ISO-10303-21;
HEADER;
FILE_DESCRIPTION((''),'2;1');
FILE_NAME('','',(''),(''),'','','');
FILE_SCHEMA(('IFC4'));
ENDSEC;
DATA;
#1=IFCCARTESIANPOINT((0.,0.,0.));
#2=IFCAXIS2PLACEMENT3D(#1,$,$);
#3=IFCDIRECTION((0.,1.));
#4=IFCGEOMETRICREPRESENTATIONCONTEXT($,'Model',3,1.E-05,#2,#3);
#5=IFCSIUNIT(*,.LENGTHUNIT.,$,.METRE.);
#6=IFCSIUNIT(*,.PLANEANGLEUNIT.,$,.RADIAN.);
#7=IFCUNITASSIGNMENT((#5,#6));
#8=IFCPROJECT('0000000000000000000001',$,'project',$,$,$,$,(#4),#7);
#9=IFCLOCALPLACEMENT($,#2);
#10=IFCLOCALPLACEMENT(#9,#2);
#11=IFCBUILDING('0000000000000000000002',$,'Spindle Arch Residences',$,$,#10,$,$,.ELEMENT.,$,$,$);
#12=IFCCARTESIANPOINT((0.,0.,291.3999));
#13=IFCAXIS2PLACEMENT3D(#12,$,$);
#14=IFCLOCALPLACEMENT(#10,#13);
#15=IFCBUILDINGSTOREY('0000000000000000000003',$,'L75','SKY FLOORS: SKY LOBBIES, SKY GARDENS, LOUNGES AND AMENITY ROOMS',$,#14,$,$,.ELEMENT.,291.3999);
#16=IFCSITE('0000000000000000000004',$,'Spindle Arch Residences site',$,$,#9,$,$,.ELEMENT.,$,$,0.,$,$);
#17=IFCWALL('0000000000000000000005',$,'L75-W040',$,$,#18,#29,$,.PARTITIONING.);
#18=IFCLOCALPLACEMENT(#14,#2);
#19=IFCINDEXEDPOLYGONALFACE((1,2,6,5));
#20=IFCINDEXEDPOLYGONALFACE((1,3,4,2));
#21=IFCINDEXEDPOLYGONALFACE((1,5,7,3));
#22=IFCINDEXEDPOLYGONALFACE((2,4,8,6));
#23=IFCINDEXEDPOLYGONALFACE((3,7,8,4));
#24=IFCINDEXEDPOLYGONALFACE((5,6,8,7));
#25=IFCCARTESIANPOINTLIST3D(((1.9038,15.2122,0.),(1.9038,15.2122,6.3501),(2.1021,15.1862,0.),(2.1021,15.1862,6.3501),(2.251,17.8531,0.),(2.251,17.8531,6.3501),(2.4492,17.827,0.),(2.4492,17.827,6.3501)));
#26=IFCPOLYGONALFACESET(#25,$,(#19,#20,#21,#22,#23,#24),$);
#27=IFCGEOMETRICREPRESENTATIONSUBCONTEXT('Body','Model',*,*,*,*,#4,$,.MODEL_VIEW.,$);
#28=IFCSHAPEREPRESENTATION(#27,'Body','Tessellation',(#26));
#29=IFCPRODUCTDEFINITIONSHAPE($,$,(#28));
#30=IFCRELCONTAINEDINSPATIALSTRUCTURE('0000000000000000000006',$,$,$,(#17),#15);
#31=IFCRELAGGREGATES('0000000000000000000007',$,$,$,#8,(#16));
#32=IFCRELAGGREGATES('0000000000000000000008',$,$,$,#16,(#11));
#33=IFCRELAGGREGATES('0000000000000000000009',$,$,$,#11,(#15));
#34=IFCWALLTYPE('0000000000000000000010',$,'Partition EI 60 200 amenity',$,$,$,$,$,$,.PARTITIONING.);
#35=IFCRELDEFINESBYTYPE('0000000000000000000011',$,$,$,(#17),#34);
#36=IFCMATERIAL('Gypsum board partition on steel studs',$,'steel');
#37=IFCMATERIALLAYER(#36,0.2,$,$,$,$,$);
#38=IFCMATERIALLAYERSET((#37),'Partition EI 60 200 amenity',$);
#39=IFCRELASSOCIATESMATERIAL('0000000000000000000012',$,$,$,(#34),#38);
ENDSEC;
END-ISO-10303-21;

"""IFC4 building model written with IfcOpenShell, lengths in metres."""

from ifc_helpers import new_model, si_unit, direction, frame, frame_2d, origin, place, context, subcontext, project, spatial, rectangle, extrude, material, layer, layer_set, type_object, element, save


model = new_model("IFC4")

# Units and contexts
model_context = context("Model", 3, precision=1e-05, world=origin(), true_north=direction((0.0, 1.0)))
body_context = subcontext(model_context, "Body", "Model", "MODEL_VIEW")
ifc_project = project(units=[si_unit("LENGTHUNIT", "METRE"), si_unit("PLANEANGLEUNIT", "RADIAN")], contexts=[model_context])

# Site, building, storey
site_placement = place(None, origin())
site = spatial("IfcSite", under=ifc_project, at=site_placement, Name="Spindle Arch Residences site", CompositionType="ELEMENT", RefElevation=0.0)
building_placement = place(site_placement, origin())
building = spatial("IfcBuilding", under=site, at=building_placement, Name="Spindle Arch Residences", CompositionType="ELEMENT")
storey_placement = place(building_placement, frame((0.0, 0.0, 291.3999)))
storey = spatial("IfcBuildingStorey", under=building, at=storey_placement, Name="L75", Description="SKY FLOORS: SKY LOBBIES, SKY GARDENS, LOUNGES AND AMENITY ROOMS", CompositionType="ELEMENT", Elevation=291.3999)

# Shared definitions
ifc_material_1 = material(Name="Gypsum board partition on steel studs", Category="steel")
ifc_layer_1 = layer(ifc_material_1, 0.2)
ifc_layer_set_1 = layer_set([ifc_layer_1], Name="Partition EI 60 200 amenity")
wall_type = type_object("IfcWallType", Name="Partition EI 60 200 amenity", PredefinedType="PARTITIONING", material=ifc_layer_set_1)

# Wall
wall_1_placement = place(storey_placement, frame((2.0029, 15.1992, 0.0), z_axis=(0.0, 0.0, 1.0), x_axis=(0.130338, 0.99147, 0.0)))
element("IfcWall", 1, at=wall_1_placement, inside=storey, type_object=wall_type, Name="L75-W040", PredefinedType="PARTITIONING", context=body_context, shape_type="SweptSolid", body=[
    extrude(rectangle(XDim=2.6636, YDim=0.2, at=frame_2d((1.3318, 0.0))), origin(), (0.0, 0.0, 1.0), 6.3501),
])

save(model, "model.ifc")
